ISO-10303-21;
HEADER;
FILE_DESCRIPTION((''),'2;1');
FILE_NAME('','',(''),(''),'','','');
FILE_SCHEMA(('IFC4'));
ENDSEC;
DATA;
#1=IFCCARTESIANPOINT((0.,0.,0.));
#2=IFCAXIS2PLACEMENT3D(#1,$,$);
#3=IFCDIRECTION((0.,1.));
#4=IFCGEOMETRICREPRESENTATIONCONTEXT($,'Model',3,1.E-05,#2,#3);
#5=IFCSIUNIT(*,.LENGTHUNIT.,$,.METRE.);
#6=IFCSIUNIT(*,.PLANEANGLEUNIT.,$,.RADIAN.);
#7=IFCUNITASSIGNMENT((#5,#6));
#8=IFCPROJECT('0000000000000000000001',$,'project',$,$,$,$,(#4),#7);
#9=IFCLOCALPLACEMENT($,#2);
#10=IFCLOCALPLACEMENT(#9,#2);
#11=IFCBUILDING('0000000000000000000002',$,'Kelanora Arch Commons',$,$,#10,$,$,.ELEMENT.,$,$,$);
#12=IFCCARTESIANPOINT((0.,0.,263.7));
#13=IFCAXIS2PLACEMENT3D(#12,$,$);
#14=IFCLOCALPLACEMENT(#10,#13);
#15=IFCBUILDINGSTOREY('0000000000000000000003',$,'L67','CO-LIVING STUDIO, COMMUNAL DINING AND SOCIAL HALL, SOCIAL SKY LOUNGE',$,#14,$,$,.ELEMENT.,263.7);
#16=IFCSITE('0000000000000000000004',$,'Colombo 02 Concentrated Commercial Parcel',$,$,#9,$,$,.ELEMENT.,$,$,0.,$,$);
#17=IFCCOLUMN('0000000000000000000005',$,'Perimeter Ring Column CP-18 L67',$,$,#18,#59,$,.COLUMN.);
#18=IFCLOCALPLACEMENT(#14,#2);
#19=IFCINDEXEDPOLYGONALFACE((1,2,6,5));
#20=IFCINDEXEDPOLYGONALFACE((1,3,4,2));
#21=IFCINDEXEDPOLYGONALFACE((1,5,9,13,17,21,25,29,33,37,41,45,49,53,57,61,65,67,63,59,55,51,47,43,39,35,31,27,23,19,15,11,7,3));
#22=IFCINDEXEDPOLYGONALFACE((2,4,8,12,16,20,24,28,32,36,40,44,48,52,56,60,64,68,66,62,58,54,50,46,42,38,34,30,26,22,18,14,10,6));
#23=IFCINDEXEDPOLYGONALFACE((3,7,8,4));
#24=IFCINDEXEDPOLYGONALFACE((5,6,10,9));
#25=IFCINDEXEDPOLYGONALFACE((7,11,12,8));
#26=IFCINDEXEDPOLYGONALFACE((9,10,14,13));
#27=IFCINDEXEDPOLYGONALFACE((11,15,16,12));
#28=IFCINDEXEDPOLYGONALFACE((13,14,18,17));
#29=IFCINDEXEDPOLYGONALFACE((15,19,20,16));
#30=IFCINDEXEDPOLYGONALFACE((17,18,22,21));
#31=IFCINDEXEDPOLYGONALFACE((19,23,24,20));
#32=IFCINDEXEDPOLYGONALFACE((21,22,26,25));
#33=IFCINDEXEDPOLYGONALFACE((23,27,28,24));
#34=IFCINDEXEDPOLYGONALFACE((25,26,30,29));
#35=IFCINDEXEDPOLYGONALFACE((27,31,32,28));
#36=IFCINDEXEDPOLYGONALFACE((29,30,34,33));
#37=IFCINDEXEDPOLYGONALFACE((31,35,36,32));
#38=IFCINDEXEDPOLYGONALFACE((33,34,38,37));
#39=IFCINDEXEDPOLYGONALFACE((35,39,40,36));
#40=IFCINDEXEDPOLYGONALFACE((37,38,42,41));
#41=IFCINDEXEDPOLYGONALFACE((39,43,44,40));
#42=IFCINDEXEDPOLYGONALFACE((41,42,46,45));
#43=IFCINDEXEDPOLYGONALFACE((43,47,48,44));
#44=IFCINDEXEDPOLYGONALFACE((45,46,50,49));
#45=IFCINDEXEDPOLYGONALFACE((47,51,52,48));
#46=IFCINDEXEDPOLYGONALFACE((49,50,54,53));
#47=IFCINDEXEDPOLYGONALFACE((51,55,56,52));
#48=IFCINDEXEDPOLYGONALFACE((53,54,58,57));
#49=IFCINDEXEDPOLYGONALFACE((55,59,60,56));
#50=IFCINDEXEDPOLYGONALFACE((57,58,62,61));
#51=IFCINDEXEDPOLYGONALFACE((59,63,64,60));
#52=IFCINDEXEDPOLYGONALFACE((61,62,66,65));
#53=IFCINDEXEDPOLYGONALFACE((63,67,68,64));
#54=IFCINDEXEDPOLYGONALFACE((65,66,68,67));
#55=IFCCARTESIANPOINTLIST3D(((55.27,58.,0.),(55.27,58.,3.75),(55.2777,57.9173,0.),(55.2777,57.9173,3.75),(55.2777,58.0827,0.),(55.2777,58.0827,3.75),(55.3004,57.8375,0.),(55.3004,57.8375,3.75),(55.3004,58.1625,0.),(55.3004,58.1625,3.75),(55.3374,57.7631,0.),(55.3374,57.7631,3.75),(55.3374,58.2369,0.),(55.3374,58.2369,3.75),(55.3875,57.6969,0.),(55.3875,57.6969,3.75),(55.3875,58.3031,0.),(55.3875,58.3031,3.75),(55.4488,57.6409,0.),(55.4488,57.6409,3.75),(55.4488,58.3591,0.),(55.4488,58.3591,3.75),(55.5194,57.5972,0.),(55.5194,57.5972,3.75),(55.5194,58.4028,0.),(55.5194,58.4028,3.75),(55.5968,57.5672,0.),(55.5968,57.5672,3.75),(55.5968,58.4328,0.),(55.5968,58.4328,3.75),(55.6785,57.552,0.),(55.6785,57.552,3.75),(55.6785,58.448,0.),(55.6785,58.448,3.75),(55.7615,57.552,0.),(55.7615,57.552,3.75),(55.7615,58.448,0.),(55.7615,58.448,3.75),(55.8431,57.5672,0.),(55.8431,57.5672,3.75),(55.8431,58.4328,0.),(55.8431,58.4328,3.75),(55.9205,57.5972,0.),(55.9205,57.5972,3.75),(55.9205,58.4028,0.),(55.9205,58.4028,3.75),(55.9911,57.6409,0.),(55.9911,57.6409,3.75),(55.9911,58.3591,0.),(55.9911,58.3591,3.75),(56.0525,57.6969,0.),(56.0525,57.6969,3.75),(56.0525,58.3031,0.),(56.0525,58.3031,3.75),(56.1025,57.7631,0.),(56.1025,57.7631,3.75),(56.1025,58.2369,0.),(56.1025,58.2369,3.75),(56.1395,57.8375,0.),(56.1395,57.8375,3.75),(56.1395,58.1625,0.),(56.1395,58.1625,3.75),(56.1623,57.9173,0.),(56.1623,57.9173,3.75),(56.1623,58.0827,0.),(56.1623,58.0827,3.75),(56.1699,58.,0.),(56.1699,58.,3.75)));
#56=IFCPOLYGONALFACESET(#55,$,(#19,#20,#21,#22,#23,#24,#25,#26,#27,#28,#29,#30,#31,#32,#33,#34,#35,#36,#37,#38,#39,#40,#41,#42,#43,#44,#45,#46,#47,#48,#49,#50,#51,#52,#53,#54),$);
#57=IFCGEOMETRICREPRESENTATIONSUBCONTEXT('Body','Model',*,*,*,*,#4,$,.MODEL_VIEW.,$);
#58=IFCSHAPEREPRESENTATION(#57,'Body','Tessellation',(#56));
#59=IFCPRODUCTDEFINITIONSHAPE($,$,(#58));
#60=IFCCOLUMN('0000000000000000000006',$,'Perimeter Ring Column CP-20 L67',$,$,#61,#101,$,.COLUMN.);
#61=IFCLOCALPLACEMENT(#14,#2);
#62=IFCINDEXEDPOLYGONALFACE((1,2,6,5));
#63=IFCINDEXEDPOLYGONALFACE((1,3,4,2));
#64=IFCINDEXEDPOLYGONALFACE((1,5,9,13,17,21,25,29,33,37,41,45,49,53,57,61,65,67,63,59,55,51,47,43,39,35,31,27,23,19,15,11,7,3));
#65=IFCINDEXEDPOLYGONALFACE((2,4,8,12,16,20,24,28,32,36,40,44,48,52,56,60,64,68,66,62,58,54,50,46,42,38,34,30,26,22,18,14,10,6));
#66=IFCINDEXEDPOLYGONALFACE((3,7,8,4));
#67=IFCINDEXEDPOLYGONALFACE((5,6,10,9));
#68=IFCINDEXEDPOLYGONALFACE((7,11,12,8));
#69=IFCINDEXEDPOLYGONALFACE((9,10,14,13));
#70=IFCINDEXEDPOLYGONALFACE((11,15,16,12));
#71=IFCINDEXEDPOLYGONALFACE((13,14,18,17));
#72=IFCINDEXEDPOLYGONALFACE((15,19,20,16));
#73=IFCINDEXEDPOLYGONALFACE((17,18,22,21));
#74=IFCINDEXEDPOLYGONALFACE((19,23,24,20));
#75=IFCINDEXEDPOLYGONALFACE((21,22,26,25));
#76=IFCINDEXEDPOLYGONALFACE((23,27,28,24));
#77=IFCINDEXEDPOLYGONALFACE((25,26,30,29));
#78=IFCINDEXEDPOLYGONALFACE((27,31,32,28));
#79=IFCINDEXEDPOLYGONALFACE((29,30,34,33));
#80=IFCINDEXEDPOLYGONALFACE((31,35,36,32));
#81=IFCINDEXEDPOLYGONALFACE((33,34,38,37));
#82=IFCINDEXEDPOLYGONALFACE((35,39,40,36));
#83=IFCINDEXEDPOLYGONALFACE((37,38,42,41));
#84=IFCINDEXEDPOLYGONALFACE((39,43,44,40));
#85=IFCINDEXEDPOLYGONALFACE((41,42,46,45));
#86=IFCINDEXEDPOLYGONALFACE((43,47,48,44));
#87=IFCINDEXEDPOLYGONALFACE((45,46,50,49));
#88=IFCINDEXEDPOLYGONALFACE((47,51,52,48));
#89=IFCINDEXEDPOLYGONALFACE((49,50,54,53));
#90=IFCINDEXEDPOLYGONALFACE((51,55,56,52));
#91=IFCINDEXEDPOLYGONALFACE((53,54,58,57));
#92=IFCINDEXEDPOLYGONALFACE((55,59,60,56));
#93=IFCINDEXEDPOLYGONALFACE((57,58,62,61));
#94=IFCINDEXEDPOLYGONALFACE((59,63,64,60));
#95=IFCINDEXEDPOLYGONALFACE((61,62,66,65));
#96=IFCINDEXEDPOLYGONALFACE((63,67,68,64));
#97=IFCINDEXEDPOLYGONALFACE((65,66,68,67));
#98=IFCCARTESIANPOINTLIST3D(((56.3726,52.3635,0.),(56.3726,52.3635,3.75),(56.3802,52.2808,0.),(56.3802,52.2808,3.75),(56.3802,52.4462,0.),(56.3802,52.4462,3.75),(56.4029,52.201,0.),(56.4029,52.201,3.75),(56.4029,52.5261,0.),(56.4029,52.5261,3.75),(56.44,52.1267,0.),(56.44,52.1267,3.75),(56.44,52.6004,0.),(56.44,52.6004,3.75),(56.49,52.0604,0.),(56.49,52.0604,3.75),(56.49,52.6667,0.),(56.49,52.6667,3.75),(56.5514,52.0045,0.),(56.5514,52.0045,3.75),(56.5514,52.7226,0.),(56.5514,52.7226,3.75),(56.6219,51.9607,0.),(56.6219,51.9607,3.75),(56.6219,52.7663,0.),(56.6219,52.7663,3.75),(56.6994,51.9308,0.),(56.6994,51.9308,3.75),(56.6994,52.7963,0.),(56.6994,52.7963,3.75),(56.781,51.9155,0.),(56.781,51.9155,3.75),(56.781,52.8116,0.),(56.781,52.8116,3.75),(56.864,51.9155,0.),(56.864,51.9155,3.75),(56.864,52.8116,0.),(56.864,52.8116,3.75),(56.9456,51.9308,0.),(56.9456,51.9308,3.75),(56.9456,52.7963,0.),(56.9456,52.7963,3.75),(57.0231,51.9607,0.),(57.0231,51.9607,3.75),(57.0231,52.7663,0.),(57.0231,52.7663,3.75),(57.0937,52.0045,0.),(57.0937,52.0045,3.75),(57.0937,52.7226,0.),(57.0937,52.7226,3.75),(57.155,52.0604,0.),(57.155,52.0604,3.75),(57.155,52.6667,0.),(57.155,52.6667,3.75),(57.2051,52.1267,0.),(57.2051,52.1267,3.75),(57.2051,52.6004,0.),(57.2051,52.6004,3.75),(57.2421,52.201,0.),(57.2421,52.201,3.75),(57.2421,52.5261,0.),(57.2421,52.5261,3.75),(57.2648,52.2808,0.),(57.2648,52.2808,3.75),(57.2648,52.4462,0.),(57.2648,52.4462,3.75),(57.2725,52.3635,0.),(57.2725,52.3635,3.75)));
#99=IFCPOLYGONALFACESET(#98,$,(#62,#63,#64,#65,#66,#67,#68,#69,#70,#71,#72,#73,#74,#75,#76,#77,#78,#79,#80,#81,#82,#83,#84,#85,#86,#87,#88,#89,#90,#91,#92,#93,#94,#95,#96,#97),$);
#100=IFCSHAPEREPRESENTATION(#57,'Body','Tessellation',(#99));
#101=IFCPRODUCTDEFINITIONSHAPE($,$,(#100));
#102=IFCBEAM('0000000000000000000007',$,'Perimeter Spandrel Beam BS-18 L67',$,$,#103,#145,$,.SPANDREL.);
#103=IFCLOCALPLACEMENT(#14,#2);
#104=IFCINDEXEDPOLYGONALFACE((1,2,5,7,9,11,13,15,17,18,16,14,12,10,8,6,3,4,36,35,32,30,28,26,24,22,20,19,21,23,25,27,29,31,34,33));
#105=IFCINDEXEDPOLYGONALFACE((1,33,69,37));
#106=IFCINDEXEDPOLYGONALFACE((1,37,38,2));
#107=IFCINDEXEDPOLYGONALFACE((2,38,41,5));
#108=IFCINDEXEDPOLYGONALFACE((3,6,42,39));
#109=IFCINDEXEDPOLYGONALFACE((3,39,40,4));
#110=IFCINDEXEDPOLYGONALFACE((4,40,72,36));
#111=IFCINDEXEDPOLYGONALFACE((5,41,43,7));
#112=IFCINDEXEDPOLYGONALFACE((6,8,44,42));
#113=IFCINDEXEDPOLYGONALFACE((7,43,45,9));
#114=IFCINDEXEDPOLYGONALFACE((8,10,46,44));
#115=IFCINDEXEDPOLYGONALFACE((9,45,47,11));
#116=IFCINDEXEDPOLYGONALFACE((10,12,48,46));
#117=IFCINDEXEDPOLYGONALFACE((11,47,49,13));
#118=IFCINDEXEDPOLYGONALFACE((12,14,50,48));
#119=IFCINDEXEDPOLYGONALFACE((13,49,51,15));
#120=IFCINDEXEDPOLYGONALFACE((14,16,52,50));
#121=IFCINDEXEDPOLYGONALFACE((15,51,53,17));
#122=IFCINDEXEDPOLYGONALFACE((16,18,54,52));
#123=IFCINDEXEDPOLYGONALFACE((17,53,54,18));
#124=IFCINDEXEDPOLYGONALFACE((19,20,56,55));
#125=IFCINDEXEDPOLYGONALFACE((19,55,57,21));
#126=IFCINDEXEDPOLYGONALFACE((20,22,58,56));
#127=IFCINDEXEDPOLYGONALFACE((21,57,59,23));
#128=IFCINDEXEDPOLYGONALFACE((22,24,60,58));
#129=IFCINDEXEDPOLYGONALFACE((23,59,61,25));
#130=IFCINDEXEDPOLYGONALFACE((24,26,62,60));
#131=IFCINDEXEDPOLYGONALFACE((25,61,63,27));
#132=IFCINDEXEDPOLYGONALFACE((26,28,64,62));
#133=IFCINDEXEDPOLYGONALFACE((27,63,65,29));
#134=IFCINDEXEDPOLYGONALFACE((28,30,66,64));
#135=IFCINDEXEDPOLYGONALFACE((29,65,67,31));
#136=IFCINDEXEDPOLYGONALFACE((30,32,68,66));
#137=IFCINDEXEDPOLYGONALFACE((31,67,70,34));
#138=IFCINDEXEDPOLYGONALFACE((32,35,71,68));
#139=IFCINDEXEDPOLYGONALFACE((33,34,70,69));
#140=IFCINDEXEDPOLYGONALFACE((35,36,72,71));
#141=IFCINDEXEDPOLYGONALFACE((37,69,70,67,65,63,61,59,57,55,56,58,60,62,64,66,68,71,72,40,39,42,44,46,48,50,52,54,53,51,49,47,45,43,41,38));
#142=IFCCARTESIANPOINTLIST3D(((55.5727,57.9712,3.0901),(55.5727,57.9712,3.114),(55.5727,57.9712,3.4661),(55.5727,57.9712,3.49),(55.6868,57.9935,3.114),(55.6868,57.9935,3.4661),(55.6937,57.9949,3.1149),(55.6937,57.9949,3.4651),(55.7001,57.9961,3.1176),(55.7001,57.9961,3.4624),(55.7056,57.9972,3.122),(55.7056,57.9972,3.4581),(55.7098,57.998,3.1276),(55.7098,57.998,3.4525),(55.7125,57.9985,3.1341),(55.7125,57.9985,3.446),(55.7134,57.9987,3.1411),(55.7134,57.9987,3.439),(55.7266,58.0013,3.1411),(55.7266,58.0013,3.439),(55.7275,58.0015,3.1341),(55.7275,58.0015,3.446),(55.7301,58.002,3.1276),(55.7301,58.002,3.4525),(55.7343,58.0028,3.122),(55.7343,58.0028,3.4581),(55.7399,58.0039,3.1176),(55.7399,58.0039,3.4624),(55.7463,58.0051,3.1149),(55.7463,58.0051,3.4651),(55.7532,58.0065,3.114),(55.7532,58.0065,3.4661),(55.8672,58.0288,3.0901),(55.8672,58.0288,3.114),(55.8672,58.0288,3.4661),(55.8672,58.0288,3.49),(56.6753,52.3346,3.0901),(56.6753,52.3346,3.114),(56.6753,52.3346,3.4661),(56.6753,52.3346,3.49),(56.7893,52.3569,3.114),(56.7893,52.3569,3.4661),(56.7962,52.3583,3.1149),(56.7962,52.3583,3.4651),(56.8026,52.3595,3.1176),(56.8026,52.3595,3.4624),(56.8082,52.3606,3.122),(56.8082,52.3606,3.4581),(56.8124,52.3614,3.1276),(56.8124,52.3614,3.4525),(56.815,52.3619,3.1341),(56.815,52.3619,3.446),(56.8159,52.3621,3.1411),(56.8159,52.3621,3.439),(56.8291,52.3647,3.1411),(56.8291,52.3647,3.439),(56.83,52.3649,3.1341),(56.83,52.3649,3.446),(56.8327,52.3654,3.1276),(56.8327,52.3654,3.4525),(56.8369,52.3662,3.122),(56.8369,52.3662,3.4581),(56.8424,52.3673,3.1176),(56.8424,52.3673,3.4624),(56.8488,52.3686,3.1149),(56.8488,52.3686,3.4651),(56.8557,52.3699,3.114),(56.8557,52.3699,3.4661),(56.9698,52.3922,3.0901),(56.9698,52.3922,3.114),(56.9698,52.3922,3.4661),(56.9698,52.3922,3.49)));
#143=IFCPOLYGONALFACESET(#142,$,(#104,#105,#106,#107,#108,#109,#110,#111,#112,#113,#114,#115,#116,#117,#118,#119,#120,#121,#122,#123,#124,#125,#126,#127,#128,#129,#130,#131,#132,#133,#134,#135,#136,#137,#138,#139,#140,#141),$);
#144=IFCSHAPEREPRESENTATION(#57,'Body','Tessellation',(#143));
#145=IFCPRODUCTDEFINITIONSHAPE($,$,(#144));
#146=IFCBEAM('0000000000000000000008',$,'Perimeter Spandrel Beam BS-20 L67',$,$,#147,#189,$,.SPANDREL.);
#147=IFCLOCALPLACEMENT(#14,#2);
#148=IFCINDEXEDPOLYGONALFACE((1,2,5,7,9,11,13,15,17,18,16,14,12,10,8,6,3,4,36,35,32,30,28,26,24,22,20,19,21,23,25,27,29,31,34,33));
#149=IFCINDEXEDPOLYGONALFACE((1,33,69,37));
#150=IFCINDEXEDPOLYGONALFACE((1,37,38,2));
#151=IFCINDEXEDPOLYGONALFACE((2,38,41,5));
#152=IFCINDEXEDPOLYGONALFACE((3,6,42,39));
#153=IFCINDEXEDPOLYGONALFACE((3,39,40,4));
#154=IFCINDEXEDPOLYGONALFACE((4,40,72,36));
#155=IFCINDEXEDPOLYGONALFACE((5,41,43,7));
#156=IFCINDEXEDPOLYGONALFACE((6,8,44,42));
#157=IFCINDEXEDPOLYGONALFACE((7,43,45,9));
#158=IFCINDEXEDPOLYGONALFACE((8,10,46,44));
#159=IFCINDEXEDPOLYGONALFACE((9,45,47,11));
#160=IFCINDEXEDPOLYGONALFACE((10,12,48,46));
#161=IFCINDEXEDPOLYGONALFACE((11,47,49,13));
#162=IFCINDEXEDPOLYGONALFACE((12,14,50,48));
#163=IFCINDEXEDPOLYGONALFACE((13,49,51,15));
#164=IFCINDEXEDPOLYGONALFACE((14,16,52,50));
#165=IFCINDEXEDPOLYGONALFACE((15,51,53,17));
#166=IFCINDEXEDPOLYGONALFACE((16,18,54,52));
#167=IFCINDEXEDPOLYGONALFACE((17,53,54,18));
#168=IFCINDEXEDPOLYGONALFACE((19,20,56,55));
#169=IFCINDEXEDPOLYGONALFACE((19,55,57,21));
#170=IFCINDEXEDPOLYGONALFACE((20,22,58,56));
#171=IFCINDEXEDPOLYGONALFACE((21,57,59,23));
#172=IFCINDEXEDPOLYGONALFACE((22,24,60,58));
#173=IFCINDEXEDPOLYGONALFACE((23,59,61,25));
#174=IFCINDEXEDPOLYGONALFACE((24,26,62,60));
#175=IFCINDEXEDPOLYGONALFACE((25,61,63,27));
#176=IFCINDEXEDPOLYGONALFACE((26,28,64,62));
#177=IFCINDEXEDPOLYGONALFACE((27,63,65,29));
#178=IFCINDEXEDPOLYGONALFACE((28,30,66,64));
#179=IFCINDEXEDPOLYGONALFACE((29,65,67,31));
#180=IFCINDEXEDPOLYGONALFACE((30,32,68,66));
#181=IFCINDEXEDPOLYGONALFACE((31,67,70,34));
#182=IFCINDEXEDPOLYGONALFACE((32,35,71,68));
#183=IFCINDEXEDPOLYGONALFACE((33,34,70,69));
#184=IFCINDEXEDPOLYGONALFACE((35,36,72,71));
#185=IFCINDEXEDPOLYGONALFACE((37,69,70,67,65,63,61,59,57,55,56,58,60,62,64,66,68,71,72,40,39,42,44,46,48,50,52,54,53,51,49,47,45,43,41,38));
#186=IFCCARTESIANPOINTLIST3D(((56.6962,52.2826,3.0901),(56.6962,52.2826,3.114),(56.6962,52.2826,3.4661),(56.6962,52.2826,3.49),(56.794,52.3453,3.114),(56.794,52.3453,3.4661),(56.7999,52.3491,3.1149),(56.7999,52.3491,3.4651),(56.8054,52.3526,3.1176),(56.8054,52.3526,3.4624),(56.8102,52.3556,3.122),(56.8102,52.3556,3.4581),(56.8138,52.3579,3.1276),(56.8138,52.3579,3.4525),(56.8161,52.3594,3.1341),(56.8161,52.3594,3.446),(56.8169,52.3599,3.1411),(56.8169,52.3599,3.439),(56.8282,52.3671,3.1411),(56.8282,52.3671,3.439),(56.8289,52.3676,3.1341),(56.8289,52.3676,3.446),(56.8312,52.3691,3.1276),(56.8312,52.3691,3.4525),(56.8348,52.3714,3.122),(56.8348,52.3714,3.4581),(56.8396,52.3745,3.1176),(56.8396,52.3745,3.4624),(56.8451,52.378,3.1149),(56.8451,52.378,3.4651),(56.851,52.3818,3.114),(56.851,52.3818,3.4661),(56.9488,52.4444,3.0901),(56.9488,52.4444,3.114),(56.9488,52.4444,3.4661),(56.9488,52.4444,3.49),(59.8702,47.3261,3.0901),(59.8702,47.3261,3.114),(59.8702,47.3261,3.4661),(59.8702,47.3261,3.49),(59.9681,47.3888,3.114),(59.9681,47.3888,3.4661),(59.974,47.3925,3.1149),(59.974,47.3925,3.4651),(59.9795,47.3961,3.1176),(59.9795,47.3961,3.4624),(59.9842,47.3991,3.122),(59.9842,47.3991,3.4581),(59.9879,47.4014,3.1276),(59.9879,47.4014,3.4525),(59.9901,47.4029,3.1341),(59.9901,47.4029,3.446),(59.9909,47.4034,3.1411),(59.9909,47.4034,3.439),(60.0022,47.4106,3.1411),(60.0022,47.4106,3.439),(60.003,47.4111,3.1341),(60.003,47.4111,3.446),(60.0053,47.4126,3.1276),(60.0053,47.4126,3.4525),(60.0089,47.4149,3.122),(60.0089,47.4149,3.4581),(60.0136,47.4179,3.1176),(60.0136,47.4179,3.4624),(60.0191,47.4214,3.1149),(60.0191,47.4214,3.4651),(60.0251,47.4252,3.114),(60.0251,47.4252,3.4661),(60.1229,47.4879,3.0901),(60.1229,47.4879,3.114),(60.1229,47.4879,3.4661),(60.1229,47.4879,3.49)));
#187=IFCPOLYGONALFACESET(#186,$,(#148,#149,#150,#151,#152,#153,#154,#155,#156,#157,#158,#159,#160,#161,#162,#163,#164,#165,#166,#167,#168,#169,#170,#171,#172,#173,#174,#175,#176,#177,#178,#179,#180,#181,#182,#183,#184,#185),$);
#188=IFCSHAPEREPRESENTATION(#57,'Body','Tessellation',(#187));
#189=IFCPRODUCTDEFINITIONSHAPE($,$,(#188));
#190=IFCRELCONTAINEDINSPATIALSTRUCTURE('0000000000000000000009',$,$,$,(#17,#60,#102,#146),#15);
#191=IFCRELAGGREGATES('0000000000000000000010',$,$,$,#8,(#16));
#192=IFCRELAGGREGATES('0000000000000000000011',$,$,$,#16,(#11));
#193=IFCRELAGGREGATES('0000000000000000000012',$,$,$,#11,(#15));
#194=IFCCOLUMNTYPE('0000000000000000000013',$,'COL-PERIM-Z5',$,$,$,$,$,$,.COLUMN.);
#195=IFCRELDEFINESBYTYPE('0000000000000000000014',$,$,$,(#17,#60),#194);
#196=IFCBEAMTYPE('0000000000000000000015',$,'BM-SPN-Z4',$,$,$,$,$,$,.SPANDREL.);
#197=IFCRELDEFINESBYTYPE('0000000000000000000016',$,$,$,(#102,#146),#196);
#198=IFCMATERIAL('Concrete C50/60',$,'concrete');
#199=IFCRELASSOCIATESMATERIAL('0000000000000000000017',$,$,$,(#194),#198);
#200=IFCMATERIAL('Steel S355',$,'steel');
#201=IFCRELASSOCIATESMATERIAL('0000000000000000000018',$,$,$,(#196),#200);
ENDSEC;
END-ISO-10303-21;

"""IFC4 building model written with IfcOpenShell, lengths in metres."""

from ifc_helpers import new_model, si_unit, direction, frame, origin, origin_2d, place, context, subcontext, project, spatial, circle, i_section, extrude, material, material_profile, profile_set, type_object, element, save


model = new_model("IFC4")

# Units and contexts
model_context = context("Model", 3, precision=1e-05, world=origin(), true_north=direction((0.0, 1.0)))
body_context = subcontext(model_context, "Body", "Model", "MODEL_VIEW")
ifc_project = project(units=[si_unit("LENGTHUNIT", "METRE"), si_unit("PLANEANGLEUNIT", "RADIAN")], contexts=[model_context])

# Site, building, storey
site_placement = place(None, origin())
site = spatial("IfcSite", under=ifc_project, at=site_placement, Name="Colombo 02 Concentrated Commercial Parcel", CompositionType="ELEMENT", RefElevation=0.0)
building_placement = place(site_placement, origin())
building = spatial("IfcBuilding", under=site, at=building_placement, Name="Kelanora Arch Commons", CompositionType="ELEMENT")
storey_placement = place(building_placement, frame((0.0, 0.0, 263.7)))
storey = spatial("IfcBuildingStorey", under=building, at=storey_placement, Name="L67", Description="CO-LIVING STUDIO, COMMUNAL DINING AND SOCIAL HALL, SOCIAL SKY LOUNGE", CompositionType="ELEMENT", Elevation=263.7)

# Columns
ifc_material_1 = material(Name="Concrete C50/60", Category="concrete")
ifc_material_profile_1 = material_profile(ifc_material_1, circle(Radius=0.45, at=origin_2d()), Name="RCC900")
ifc_profile_set_1 = profile_set([ifc_material_profile_1], Name="Concrete C50/60")
column_type = type_object("IfcColumnType", Name="COL-PERIM-Z5", PredefinedType="COLUMN", material=ifc_profile_set_1)
for number, where, z_axis, x_axis, name in (
    (1, (55.72, 58.0, 0.0), (0.0, 0.0, 1.0), (1.0, 0.0, 0.0), "Perimeter Ring Column CP-18 L67"),
    (2, (56.8225, 52.3635, 0.0), (0.0, 0.0, 1.0), (1.0, 0.0, 0.0), "Perimeter Ring Column CP-20 L67"),
):
    element("IfcColumn", number, at=place(storey_placement, frame(where, z_axis=z_axis, x_axis=x_axis)), inside=storey, type_object=column_type, Name=name, PredefinedType="COLUMN", context=body_context, shape_type="SweptSolid", body=[
        extrude(circle(Radius=0.45, at=origin_2d()), origin(), (0.0, 0.0, 1.0), 3.75),
    ])

# Beams
ifc_material_2 = material(Name="Steel S355", Category="steel")
ifc_material_profile_2 = material_profile(ifc_material_2, i_section(OverallWidth=0.3, OverallDepth=0.3999, WebThickness=0.0134, FlangeThickness=0.0239, FilletRadius=0.0271, at=origin_2d()), Name="HEB400")
ifc_profile_set_2 = profile_set([ifc_material_profile_2], Name="Steel S355")
beam_type = type_object("IfcBeamType", Name="BM-SPN-Z4", PredefinedType="SPANDREL", material=ifc_profile_set_2)
beam_1_placement = place(storey_placement, frame((55.72, 58.0, 3.29), z_axis=(0.19197, -0.981401, 0.0), x_axis=(0.981401, 0.19197, 0.0)))
element("IfcBeam", 3, at=beam_1_placement, inside=storey, type_object=beam_type, Name="Perimeter Spandrel Beam BS-18 L67", PredefinedType="SPANDREL", context=body_context, shape_type="SweptSolid", body=[
    extrude(i_section(OverallWidth=0.3, OverallDepth=0.3999, WebThickness=0.0134, FlangeThickness=0.0239, FilletRadius=0.0271, at=origin_2d()), origin(), (0.0, 0.0, 1.0), 5.7434),
])
beam_2_placement = place(storey_placement, frame((56.8225, 52.3635, 3.29), z_axis=(0.539281, -0.842126, 0.0), x_axis=(0.842126, 0.539281, 0.0)))
element("IfcBeam", 4, at=beam_2_placement, inside=storey, type_object=beam_type, Name="Perimeter Spandrel Beam BS-20 L67", PredefinedType="SPANDREL", context=body_context, shape_type="SweptSolid", body=[
    extrude(i_section(OverallWidth=0.3, OverallDepth=0.3999, WebThickness=0.0134, FlangeThickness=0.0239, FilletRadius=0.0271, at=origin_2d()), origin(), (0.0, 0.0, 1.0), 5.8857),
])

save(model, "model.ifc")
